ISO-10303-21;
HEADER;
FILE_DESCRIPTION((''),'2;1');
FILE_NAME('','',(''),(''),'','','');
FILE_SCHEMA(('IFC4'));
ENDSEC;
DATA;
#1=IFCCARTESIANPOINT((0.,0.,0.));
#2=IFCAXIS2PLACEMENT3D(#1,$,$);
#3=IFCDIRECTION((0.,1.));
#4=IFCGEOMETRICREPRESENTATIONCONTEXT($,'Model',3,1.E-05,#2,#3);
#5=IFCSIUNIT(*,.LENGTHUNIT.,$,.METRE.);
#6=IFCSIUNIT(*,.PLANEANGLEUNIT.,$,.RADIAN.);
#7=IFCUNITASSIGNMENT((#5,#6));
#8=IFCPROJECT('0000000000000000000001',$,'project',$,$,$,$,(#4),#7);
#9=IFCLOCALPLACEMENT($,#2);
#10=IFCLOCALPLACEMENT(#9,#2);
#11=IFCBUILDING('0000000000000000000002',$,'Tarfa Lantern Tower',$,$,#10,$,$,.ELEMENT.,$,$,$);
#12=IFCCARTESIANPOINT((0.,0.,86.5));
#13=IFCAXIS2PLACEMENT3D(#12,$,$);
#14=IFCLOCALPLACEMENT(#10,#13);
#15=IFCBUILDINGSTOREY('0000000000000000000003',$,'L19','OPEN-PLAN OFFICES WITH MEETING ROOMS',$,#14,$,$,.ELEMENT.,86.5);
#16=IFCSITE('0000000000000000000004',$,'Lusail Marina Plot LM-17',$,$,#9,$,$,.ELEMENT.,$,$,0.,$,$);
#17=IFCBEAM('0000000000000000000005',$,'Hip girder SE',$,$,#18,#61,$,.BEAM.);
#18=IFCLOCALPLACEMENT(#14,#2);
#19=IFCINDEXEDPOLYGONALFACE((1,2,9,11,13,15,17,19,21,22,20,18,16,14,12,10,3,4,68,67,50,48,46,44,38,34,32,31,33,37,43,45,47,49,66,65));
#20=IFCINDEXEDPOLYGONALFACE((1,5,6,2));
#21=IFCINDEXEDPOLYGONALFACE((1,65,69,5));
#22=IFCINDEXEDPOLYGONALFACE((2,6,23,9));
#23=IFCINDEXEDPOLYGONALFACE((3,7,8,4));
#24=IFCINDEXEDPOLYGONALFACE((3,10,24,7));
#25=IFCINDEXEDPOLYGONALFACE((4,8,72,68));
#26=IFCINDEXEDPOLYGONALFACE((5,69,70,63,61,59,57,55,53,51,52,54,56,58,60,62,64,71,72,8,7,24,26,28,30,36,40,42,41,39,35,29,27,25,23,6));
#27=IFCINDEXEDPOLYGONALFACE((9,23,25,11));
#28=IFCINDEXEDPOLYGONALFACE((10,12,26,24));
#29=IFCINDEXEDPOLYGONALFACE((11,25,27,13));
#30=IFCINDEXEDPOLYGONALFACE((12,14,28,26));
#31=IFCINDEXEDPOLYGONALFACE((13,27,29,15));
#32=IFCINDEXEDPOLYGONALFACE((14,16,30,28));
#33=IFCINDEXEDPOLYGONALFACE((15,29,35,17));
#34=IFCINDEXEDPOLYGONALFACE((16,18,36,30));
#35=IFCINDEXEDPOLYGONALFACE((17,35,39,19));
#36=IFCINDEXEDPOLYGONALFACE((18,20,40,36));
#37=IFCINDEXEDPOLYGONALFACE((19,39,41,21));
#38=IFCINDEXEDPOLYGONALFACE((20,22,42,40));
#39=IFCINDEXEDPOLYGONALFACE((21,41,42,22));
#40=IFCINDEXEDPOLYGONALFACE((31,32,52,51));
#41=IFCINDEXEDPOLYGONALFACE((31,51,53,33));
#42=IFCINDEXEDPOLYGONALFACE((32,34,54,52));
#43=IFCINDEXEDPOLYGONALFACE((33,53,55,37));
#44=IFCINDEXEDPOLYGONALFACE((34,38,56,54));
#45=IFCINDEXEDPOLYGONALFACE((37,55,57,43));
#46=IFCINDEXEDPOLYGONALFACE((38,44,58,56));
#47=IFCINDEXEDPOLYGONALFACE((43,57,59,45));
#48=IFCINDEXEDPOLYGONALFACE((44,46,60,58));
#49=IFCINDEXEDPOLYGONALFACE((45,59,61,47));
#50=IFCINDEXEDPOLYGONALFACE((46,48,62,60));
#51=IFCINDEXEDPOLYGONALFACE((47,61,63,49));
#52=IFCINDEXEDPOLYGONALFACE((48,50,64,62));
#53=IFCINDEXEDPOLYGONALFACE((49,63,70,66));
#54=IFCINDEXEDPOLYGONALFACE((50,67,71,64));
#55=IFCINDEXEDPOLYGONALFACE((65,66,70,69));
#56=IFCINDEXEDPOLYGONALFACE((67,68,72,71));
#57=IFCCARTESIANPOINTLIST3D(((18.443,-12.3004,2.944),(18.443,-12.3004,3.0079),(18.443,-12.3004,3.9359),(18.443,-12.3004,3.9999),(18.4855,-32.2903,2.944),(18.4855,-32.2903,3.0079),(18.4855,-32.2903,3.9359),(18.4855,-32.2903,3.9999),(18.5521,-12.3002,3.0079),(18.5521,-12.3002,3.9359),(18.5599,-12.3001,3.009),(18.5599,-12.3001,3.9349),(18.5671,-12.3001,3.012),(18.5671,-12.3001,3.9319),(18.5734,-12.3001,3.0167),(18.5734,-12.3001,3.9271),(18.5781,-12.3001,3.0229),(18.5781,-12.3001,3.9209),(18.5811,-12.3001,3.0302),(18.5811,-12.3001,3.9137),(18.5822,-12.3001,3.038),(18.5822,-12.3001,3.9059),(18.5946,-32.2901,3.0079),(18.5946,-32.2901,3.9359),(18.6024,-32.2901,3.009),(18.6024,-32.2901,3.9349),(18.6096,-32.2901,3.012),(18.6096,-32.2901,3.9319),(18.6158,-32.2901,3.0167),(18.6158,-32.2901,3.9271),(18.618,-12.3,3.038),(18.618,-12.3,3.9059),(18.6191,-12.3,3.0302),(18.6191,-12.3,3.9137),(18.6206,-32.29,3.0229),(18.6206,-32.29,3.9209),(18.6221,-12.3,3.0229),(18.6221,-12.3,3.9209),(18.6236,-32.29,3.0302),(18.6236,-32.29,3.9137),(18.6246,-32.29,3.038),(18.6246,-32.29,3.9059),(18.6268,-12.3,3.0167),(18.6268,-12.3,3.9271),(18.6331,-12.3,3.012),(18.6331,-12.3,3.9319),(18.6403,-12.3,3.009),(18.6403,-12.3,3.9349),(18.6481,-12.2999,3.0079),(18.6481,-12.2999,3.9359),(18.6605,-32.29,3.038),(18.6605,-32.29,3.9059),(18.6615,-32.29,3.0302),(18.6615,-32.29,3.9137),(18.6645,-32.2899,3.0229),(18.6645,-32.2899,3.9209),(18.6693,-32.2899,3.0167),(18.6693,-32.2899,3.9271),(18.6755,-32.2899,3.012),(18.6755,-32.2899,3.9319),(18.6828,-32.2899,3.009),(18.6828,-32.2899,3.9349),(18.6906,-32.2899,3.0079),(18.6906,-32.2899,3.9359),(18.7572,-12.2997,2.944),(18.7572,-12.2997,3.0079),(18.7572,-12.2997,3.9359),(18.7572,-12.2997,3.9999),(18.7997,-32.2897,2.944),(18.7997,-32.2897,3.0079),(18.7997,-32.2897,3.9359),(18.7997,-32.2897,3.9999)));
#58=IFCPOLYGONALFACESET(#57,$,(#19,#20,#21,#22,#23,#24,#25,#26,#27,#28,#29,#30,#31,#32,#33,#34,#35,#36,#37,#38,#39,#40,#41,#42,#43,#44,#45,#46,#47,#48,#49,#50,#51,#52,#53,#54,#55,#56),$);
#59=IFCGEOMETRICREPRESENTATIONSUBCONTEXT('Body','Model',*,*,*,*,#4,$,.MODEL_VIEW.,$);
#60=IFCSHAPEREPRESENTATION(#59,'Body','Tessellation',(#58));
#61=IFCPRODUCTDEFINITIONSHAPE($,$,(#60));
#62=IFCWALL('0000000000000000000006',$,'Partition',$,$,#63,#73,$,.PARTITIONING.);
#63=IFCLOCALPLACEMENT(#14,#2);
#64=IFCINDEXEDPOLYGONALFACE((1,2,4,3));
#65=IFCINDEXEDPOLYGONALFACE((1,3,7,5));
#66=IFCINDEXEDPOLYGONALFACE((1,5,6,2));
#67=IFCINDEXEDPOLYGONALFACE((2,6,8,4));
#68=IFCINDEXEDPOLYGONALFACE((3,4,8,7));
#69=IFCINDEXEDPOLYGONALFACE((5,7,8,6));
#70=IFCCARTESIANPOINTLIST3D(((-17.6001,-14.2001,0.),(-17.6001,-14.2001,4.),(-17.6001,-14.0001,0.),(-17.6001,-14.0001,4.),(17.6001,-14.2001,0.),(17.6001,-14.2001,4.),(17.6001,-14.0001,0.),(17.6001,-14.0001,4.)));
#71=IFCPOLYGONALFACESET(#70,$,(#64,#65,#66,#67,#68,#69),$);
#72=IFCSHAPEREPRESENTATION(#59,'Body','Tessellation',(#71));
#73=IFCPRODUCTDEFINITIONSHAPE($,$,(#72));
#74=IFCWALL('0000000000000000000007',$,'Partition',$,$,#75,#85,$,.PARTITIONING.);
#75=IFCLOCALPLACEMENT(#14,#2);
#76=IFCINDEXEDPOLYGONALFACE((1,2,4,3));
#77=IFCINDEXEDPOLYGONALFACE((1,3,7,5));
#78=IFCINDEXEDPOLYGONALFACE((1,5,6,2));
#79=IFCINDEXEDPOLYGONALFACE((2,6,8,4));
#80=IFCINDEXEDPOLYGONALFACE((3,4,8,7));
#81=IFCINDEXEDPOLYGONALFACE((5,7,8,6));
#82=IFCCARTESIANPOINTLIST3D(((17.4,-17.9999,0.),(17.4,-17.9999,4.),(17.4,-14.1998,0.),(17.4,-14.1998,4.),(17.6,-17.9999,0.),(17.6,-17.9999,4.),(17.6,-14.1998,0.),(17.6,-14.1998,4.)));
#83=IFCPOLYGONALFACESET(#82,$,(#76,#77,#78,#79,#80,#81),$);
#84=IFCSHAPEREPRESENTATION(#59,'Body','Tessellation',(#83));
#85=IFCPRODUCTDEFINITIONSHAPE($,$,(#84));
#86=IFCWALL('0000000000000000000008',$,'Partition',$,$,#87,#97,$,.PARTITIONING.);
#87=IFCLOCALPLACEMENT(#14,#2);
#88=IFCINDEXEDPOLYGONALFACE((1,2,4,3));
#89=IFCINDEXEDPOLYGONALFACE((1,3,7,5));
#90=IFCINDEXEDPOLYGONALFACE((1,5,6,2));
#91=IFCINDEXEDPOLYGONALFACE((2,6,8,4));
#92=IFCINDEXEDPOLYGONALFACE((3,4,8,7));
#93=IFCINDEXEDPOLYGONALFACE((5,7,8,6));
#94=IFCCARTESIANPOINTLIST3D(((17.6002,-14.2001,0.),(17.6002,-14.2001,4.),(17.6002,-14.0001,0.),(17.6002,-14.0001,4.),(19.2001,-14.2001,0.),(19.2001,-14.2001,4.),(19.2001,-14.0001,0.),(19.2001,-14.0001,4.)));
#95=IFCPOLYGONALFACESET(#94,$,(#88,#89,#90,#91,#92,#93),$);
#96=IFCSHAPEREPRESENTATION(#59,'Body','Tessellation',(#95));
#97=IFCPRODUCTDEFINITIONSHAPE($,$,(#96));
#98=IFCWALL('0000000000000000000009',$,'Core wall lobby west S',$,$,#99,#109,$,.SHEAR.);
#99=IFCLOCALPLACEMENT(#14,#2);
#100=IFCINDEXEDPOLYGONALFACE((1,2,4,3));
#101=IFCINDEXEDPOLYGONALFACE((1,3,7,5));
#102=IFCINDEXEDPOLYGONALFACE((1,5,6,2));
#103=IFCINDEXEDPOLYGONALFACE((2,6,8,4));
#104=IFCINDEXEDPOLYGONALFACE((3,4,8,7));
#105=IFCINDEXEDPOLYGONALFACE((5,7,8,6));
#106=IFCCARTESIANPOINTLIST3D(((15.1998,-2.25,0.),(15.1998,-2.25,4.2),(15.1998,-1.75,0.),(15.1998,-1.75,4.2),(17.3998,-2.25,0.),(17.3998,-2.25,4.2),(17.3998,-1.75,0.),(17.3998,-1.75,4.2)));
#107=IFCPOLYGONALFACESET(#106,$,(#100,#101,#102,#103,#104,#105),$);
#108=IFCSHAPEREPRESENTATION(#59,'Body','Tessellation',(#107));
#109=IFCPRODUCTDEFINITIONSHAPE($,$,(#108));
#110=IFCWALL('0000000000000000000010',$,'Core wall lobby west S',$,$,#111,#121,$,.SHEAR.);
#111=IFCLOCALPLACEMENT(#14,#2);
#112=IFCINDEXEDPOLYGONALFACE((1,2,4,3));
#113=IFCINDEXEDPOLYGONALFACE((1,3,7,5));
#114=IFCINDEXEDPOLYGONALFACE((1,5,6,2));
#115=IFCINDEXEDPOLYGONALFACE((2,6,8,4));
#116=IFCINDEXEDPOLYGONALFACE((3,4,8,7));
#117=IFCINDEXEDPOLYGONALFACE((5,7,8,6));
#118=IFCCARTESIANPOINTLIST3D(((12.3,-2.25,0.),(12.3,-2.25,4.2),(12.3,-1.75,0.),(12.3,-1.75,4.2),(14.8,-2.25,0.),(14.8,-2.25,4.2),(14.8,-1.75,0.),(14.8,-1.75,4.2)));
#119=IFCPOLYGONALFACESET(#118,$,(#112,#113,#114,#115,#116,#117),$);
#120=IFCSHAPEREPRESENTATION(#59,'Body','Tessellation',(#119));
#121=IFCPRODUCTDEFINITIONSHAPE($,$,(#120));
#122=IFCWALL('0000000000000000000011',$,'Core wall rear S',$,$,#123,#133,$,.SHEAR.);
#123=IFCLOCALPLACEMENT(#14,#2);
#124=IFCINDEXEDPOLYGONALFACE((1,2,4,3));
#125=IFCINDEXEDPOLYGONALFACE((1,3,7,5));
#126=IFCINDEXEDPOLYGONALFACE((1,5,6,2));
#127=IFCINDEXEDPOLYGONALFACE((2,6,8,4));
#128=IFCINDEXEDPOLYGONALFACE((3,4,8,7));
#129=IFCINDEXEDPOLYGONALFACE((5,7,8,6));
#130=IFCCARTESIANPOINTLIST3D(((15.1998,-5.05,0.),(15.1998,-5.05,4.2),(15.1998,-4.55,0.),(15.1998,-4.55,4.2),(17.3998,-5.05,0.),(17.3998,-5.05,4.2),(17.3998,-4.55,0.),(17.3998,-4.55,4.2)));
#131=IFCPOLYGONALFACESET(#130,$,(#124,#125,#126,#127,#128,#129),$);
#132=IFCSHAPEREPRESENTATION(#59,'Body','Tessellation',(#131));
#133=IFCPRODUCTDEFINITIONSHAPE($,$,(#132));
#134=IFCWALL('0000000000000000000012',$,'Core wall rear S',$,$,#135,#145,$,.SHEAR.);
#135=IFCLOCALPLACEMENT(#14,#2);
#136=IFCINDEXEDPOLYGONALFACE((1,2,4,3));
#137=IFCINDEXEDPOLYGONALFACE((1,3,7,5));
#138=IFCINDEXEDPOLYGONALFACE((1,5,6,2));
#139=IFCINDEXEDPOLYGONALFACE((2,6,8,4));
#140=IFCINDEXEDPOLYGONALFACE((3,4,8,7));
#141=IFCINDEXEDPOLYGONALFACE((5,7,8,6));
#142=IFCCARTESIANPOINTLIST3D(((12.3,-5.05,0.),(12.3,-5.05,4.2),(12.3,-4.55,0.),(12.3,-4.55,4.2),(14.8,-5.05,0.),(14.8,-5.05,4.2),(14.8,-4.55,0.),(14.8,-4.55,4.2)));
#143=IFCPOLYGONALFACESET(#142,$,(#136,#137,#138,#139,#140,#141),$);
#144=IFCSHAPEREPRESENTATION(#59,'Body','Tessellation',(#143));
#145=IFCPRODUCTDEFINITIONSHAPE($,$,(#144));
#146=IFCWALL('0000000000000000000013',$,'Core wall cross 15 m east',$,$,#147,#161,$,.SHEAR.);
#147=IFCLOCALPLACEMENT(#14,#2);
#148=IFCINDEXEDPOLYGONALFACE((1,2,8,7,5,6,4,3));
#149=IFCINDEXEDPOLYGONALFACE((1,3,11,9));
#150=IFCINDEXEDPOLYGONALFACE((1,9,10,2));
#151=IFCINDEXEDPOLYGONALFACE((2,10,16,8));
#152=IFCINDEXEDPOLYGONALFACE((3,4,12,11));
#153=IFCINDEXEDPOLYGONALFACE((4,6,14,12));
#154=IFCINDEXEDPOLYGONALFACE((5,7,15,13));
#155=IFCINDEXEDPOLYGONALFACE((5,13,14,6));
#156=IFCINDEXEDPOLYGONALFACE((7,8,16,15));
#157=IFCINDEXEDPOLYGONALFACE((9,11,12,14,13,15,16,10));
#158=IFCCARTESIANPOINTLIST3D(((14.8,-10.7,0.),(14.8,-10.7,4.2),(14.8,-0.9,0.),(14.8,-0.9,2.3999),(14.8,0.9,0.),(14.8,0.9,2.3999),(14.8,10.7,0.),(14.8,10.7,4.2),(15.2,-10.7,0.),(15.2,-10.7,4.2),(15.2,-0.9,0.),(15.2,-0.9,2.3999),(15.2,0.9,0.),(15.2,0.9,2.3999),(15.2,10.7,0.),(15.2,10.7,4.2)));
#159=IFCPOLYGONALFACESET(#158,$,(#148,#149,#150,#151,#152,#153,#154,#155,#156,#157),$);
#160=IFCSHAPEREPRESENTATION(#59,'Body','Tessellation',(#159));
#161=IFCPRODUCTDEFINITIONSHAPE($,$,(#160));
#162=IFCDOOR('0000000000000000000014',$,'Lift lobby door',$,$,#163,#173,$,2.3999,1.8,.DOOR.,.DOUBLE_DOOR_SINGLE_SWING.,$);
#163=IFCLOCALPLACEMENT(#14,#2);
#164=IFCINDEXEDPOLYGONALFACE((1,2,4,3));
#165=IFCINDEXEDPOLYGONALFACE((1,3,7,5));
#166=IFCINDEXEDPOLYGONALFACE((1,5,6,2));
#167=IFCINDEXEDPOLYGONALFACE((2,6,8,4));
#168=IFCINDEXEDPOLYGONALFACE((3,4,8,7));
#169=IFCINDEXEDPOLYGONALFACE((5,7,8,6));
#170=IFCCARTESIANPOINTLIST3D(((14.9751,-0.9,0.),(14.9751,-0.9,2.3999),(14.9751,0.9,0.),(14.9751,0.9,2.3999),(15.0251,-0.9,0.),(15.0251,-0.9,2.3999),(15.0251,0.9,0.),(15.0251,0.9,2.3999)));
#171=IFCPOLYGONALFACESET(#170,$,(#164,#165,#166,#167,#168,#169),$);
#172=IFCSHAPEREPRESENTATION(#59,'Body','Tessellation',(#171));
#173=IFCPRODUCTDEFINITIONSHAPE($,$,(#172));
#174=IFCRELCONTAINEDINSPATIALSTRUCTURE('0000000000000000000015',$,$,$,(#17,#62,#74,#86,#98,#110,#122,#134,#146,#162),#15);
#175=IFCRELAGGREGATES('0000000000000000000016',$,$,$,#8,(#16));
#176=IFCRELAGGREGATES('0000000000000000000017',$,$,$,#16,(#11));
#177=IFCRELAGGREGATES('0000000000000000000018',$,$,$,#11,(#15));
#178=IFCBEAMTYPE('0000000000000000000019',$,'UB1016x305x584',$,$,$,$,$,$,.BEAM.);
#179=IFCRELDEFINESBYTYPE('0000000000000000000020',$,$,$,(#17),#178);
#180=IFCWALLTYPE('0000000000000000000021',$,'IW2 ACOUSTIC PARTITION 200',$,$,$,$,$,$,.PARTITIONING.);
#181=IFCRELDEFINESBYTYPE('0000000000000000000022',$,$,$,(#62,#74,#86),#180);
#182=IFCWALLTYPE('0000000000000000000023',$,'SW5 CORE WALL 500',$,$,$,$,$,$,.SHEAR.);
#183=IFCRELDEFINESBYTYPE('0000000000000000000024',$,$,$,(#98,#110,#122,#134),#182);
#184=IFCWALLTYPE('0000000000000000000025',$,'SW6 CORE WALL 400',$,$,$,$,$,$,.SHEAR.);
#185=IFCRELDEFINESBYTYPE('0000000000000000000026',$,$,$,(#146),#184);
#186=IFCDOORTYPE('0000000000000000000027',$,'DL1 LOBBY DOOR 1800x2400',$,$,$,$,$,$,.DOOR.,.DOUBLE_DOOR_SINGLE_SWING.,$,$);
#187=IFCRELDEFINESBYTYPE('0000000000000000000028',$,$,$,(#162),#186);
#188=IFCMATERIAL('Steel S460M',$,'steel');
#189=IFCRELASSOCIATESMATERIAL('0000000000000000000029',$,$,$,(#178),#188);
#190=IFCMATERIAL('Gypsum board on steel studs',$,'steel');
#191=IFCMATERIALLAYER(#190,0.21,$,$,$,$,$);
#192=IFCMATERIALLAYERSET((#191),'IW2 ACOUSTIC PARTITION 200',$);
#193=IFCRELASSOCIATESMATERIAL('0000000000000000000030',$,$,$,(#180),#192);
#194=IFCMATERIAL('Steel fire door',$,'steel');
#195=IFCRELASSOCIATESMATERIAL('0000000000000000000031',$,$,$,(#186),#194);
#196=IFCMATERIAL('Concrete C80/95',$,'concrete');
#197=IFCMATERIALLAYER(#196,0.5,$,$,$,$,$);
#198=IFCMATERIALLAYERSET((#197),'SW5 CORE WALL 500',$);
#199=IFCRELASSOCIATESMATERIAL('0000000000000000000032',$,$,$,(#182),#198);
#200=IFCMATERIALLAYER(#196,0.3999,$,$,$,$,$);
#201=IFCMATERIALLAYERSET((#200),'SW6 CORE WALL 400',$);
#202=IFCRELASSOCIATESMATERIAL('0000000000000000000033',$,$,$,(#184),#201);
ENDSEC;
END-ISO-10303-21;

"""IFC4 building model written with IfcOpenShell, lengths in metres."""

from ifc_helpers import new_model, si_unit, direction, frame, frame_2d, origin, origin_2d, place, context, subcontext, project, spatial, rectangle, i_section, extrude, material, layer, layer_set, material_profile, profile_set, type_object, element, fill, save


model = new_model("IFC4")

# Units and contexts
model_context = context("Model", 3, precision=1e-05, world=origin(), true_north=direction((0.0, 1.0)))
body_context = subcontext(model_context, "Body", "Model", "MODEL_VIEW")
ifc_project = project(units=[si_unit("LENGTHUNIT", "METRE"), si_unit("PLANEANGLEUNIT", "RADIAN")], contexts=[model_context])

# Site, building, storey
site_placement = place(None, origin())
site = spatial("IfcSite", under=ifc_project, at=site_placement, Name="Lusail Marina Plot LM-17", CompositionType="ELEMENT", RefElevation=0.0)
building_placement = place(site_placement, origin())
building = spatial("IfcBuilding", under=site, at=building_placement, Name="Tarfa Lantern Tower", CompositionType="ELEMENT")
storey_placement = place(building_placement, frame((0.0, 0.0, 86.5)))
storey = spatial("IfcBuildingStorey", under=building, at=storey_placement, Name="L19", Description="OPEN-PLAN OFFICES WITH MEETING ROOMS", CompositionType="ELEMENT", Elevation=86.5)

# Beam
ifc_material_1 = material(Name="Steel S460M", Category="steel")
ifc_material_profile = material_profile(ifc_material_1, i_section(OverallWidth=0.3142, OverallDepth=1.0559, WebThickness=0.0359, FlangeThickness=0.064, FilletRadius=0.03, at=origin_2d()), Name="UB1016x305x584")
ifc_profile_set = profile_set([ifc_material_profile], Name="Steel S460M")
beam_type = type_object("IfcBeamType", Name="UB1016x305x584", PredefinedType="BEAM", material=ifc_profile_set)
beam_placement = place(storey_placement, frame((18.6001, -12.3, 3.4719), z_axis=(0.002125, -0.999998, 0.0), x_axis=(0.999998, 0.002125, 0.0)))
element("IfcBeam", 1, at=beam_placement, inside=storey, type_object=beam_type, Name="Hip girder SE", PredefinedType="BEAM", context=body_context, shape_type="SweptSolid", body=[
    extrude(i_section(OverallWidth=0.3142, OverallDepth=1.0559, WebThickness=0.0359, FlangeThickness=0.064, FilletRadius=0.03, at=origin_2d()), origin(), (0.0, 0.0, 1.0), 19.99),
])

# Walls
ifc_material_2 = material(Name="Gypsum board on steel studs", Category="steel")
ifc_layer_1 = layer(ifc_material_2, 0.21)
ifc_layer_set_1 = layer_set([ifc_layer_1], Name="IW2 ACOUSTIC PARTITION 200")
wall_type_1 = type_object("IfcWallType", Name="IW2 ACOUSTIC PARTITION 200", PredefinedType="PARTITIONING", material=ifc_layer_set_1)
wall_1_placement = place(storey_placement, frame((17.6001, -14.1001, 0.0), z_axis=(0.0, 0.0, 1.0), x_axis=(-1.0, 0.0, 0.0)))
element("IfcWall", 2, at=wall_1_placement, inside=storey, type_object=wall_type_1, Name="Partition", PredefinedType="PARTITIONING", context=body_context, shape_type="SweptSolid", body=[
    extrude(rectangle(XDim=35.2002, YDim=0.2, at=frame_2d((17.6001, 0.0))), origin(), (0.0, 0.0, 1.0), 4.0),
])
wall_2_placement = place(storey_placement, frame((17.5, -14.2, 0.0), z_axis=(0.0, 0.0, 1.0), x_axis=(0.0, -1.0, 0.0)))
element("IfcWall", 3, at=wall_2_placement, inside=storey, type_object=wall_type_1, Name="Partition", PredefinedType="PARTITIONING", context=body_context, shape_type="SweptSolid", body=[
    extrude(rectangle(XDim=3.8, YDim=0.2, at=frame_2d((1.8999, 0.0))), origin(), (0.0, 0.0, 1.0), 4.0),
])
wall_3_placement = place(storey_placement, frame((19.2, -14.1001, 0.0), z_axis=(0.0, 0.0, 1.0), x_axis=(-1.0, 0.0, 0.0)))
element("IfcWall", 4, at=wall_3_placement, inside=storey, type_object=wall_type_1, Name="Partition", PredefinedType="PARTITIONING", context=body_context, shape_type="SweptSolid", body=[
    extrude(rectangle(XDim=1.5999, YDim=0.2, at=frame_2d((0.7998, 0.0))), origin(), (0.0, 0.0, 1.0), 4.0),
])

# Shared definitions
ifc_material_3 = material(Name="Concrete C80/95", Category="concrete")
ifc_material_4 = material(Name="Steel fire door", Category="steel")
door_type_1 = type_object("IfcDoorType", Name="DL1 LOBBY DOOR 1800x2400", OperationType="DOUBLE_DOOR_SINGLE_SWING", PredefinedType="DOOR", material=ifc_material_4)

# Walls
ifc_layer_2 = layer(ifc_material_3, 0.5)
ifc_layer_set_2 = layer_set([ifc_layer_2], Name="SW5 CORE WALL 500")
wall_type_2 = type_object("IfcWallType", Name="SW5 CORE WALL 500", PredefinedType="SHEAR", material=ifc_layer_set_2)
wall_4_placement = place(storey_placement, frame((17.3999, -2.0, 0.0), z_axis=(0.0, 0.0, 1.0), x_axis=(-1.0, 0.0, 0.0)))
element("IfcWall", 5, at=wall_4_placement, inside=storey, type_object=wall_type_2, Name="Core wall lobby west S", PredefinedType="SHEAR", context=body_context, shape_type="SweptSolid", body=[
    extrude(rectangle(XDim=2.2, YDim=0.5, at=frame_2d((1.1001, 0.0))), origin(), (0.0, 0.0, 1.0), 4.2),
])
wall_5_placement = place(storey_placement, frame((14.8, -2.0, 0.0), z_axis=(0.0, 0.0, 1.0), x_axis=(-1.0, 0.0, 0.0)))
element("IfcWall", 6, at=wall_5_placement, inside=storey, type_object=wall_type_2, Name="Core wall lobby west S", PredefinedType="SHEAR", context=body_context, shape_type="SweptSolid", body=[
    extrude(rectangle(XDim=2.5, YDim=0.5, at=frame_2d((1.25, 0.0))), origin(), (0.0, 0.0, 1.0), 4.2),
])
wall_6_placement = place(storey_placement, frame((17.3999, -4.8, 0.0), z_axis=(0.0, 0.0, 1.0), x_axis=(-1.0, 0.0, 0.0)))
element("IfcWall", 7, at=wall_6_placement, inside=storey, type_object=wall_type_2, Name="Core wall rear S", PredefinedType="SHEAR", context=body_context, shape_type="SweptSolid", body=[
    extrude(rectangle(XDim=2.2, YDim=0.5, at=frame_2d((1.1001, 0.0))), origin(), (0.0, 0.0, 1.0), 4.2),
])
wall_7_placement = place(storey_placement, frame((14.8, -4.8, 0.0), z_axis=(0.0, 0.0, 1.0), x_axis=(-1.0, 0.0, 0.0)))
element("IfcWall", 8, at=wall_7_placement, inside=storey, type_object=wall_type_2, Name="Core wall rear S", PredefinedType="SHEAR", context=body_context, shape_type="SweptSolid", body=[
    extrude(rectangle(XDim=2.5, YDim=0.5, at=frame_2d((1.25, 0.0))), origin(), (0.0, 0.0, 1.0), 4.2),
])

# Wall, opening, door
ifc_layer_3 = layer(ifc_material_3, 0.3999)
ifc_layer_set_3 = layer_set([ifc_layer_3], Name="SW6 CORE WALL 400")
wall_type_3 = type_object("IfcWallType", Name="SW6 CORE WALL 400", PredefinedType="SHEAR", material=ifc_layer_set_3)
wall_8_placement = place(storey_placement, frame((15.0, -10.7, 0.0), z_axis=(0.0, 0.0, 1.0), x_axis=(0.0, 1.0, 0.0)))
wall_8 = element("IfcWall", 9, at=wall_8_placement, inside=storey, type_object=wall_type_3, Name="Core wall cross 15 m east", PredefinedType="SHEAR", context=body_context, shape_type="SweptSolid", body=[
    extrude(rectangle(XDim=21.3999, YDim=0.3999, at=frame_2d((10.7, 0.0))), origin(), (0.0, 0.0, 1.0), 4.2),
])
opening_1_placement = place(wall_8_placement, frame((9.8, 0.0, 0.0)))
opening_1 = element("IfcOpeningElement", 10, at=opening_1_placement, cuts=wall_8, PredefinedType="OPENING", context=body_context, shape_type="SweptSolid", body=[
    extrude(rectangle(XDim=1.8, YDim=2.3999, at=frame_2d((0.8999, 1.2))), frame((0.0, 0.21, 0.0), z_axis=(0.0, -1.0, 0.0), x_axis=(1.0, 0.0, 0.0)), (0.0, 0.0, 1.0), 0.4199),
])
door_1_placement = place(opening_1_placement, origin())
door_1 = element("IfcDoor", 11, at=door_1_placement, inside=storey, type_object=door_type_1, Name="Lift lobby door", OperationType="DOUBLE_DOOR_SINGLE_SWING", OverallHeight=2.3999, OverallWidth=1.8, PredefinedType="DOOR", context=body_context, shape_type="SweptSolid", body=[
    extrude(rectangle(XDim=1.8, YDim=2.3999, at=frame_2d((0.8999, 1.2))), frame((0.0, 0.0249, 0.0), z_axis=(0.0, -1.0, 0.0), x_axis=(1.0, 0.0, 0.0)), (0.0, 0.0, 1.0), 0.05),
])
fill(opening_1, door_1)

save(model, "model.ifc")
